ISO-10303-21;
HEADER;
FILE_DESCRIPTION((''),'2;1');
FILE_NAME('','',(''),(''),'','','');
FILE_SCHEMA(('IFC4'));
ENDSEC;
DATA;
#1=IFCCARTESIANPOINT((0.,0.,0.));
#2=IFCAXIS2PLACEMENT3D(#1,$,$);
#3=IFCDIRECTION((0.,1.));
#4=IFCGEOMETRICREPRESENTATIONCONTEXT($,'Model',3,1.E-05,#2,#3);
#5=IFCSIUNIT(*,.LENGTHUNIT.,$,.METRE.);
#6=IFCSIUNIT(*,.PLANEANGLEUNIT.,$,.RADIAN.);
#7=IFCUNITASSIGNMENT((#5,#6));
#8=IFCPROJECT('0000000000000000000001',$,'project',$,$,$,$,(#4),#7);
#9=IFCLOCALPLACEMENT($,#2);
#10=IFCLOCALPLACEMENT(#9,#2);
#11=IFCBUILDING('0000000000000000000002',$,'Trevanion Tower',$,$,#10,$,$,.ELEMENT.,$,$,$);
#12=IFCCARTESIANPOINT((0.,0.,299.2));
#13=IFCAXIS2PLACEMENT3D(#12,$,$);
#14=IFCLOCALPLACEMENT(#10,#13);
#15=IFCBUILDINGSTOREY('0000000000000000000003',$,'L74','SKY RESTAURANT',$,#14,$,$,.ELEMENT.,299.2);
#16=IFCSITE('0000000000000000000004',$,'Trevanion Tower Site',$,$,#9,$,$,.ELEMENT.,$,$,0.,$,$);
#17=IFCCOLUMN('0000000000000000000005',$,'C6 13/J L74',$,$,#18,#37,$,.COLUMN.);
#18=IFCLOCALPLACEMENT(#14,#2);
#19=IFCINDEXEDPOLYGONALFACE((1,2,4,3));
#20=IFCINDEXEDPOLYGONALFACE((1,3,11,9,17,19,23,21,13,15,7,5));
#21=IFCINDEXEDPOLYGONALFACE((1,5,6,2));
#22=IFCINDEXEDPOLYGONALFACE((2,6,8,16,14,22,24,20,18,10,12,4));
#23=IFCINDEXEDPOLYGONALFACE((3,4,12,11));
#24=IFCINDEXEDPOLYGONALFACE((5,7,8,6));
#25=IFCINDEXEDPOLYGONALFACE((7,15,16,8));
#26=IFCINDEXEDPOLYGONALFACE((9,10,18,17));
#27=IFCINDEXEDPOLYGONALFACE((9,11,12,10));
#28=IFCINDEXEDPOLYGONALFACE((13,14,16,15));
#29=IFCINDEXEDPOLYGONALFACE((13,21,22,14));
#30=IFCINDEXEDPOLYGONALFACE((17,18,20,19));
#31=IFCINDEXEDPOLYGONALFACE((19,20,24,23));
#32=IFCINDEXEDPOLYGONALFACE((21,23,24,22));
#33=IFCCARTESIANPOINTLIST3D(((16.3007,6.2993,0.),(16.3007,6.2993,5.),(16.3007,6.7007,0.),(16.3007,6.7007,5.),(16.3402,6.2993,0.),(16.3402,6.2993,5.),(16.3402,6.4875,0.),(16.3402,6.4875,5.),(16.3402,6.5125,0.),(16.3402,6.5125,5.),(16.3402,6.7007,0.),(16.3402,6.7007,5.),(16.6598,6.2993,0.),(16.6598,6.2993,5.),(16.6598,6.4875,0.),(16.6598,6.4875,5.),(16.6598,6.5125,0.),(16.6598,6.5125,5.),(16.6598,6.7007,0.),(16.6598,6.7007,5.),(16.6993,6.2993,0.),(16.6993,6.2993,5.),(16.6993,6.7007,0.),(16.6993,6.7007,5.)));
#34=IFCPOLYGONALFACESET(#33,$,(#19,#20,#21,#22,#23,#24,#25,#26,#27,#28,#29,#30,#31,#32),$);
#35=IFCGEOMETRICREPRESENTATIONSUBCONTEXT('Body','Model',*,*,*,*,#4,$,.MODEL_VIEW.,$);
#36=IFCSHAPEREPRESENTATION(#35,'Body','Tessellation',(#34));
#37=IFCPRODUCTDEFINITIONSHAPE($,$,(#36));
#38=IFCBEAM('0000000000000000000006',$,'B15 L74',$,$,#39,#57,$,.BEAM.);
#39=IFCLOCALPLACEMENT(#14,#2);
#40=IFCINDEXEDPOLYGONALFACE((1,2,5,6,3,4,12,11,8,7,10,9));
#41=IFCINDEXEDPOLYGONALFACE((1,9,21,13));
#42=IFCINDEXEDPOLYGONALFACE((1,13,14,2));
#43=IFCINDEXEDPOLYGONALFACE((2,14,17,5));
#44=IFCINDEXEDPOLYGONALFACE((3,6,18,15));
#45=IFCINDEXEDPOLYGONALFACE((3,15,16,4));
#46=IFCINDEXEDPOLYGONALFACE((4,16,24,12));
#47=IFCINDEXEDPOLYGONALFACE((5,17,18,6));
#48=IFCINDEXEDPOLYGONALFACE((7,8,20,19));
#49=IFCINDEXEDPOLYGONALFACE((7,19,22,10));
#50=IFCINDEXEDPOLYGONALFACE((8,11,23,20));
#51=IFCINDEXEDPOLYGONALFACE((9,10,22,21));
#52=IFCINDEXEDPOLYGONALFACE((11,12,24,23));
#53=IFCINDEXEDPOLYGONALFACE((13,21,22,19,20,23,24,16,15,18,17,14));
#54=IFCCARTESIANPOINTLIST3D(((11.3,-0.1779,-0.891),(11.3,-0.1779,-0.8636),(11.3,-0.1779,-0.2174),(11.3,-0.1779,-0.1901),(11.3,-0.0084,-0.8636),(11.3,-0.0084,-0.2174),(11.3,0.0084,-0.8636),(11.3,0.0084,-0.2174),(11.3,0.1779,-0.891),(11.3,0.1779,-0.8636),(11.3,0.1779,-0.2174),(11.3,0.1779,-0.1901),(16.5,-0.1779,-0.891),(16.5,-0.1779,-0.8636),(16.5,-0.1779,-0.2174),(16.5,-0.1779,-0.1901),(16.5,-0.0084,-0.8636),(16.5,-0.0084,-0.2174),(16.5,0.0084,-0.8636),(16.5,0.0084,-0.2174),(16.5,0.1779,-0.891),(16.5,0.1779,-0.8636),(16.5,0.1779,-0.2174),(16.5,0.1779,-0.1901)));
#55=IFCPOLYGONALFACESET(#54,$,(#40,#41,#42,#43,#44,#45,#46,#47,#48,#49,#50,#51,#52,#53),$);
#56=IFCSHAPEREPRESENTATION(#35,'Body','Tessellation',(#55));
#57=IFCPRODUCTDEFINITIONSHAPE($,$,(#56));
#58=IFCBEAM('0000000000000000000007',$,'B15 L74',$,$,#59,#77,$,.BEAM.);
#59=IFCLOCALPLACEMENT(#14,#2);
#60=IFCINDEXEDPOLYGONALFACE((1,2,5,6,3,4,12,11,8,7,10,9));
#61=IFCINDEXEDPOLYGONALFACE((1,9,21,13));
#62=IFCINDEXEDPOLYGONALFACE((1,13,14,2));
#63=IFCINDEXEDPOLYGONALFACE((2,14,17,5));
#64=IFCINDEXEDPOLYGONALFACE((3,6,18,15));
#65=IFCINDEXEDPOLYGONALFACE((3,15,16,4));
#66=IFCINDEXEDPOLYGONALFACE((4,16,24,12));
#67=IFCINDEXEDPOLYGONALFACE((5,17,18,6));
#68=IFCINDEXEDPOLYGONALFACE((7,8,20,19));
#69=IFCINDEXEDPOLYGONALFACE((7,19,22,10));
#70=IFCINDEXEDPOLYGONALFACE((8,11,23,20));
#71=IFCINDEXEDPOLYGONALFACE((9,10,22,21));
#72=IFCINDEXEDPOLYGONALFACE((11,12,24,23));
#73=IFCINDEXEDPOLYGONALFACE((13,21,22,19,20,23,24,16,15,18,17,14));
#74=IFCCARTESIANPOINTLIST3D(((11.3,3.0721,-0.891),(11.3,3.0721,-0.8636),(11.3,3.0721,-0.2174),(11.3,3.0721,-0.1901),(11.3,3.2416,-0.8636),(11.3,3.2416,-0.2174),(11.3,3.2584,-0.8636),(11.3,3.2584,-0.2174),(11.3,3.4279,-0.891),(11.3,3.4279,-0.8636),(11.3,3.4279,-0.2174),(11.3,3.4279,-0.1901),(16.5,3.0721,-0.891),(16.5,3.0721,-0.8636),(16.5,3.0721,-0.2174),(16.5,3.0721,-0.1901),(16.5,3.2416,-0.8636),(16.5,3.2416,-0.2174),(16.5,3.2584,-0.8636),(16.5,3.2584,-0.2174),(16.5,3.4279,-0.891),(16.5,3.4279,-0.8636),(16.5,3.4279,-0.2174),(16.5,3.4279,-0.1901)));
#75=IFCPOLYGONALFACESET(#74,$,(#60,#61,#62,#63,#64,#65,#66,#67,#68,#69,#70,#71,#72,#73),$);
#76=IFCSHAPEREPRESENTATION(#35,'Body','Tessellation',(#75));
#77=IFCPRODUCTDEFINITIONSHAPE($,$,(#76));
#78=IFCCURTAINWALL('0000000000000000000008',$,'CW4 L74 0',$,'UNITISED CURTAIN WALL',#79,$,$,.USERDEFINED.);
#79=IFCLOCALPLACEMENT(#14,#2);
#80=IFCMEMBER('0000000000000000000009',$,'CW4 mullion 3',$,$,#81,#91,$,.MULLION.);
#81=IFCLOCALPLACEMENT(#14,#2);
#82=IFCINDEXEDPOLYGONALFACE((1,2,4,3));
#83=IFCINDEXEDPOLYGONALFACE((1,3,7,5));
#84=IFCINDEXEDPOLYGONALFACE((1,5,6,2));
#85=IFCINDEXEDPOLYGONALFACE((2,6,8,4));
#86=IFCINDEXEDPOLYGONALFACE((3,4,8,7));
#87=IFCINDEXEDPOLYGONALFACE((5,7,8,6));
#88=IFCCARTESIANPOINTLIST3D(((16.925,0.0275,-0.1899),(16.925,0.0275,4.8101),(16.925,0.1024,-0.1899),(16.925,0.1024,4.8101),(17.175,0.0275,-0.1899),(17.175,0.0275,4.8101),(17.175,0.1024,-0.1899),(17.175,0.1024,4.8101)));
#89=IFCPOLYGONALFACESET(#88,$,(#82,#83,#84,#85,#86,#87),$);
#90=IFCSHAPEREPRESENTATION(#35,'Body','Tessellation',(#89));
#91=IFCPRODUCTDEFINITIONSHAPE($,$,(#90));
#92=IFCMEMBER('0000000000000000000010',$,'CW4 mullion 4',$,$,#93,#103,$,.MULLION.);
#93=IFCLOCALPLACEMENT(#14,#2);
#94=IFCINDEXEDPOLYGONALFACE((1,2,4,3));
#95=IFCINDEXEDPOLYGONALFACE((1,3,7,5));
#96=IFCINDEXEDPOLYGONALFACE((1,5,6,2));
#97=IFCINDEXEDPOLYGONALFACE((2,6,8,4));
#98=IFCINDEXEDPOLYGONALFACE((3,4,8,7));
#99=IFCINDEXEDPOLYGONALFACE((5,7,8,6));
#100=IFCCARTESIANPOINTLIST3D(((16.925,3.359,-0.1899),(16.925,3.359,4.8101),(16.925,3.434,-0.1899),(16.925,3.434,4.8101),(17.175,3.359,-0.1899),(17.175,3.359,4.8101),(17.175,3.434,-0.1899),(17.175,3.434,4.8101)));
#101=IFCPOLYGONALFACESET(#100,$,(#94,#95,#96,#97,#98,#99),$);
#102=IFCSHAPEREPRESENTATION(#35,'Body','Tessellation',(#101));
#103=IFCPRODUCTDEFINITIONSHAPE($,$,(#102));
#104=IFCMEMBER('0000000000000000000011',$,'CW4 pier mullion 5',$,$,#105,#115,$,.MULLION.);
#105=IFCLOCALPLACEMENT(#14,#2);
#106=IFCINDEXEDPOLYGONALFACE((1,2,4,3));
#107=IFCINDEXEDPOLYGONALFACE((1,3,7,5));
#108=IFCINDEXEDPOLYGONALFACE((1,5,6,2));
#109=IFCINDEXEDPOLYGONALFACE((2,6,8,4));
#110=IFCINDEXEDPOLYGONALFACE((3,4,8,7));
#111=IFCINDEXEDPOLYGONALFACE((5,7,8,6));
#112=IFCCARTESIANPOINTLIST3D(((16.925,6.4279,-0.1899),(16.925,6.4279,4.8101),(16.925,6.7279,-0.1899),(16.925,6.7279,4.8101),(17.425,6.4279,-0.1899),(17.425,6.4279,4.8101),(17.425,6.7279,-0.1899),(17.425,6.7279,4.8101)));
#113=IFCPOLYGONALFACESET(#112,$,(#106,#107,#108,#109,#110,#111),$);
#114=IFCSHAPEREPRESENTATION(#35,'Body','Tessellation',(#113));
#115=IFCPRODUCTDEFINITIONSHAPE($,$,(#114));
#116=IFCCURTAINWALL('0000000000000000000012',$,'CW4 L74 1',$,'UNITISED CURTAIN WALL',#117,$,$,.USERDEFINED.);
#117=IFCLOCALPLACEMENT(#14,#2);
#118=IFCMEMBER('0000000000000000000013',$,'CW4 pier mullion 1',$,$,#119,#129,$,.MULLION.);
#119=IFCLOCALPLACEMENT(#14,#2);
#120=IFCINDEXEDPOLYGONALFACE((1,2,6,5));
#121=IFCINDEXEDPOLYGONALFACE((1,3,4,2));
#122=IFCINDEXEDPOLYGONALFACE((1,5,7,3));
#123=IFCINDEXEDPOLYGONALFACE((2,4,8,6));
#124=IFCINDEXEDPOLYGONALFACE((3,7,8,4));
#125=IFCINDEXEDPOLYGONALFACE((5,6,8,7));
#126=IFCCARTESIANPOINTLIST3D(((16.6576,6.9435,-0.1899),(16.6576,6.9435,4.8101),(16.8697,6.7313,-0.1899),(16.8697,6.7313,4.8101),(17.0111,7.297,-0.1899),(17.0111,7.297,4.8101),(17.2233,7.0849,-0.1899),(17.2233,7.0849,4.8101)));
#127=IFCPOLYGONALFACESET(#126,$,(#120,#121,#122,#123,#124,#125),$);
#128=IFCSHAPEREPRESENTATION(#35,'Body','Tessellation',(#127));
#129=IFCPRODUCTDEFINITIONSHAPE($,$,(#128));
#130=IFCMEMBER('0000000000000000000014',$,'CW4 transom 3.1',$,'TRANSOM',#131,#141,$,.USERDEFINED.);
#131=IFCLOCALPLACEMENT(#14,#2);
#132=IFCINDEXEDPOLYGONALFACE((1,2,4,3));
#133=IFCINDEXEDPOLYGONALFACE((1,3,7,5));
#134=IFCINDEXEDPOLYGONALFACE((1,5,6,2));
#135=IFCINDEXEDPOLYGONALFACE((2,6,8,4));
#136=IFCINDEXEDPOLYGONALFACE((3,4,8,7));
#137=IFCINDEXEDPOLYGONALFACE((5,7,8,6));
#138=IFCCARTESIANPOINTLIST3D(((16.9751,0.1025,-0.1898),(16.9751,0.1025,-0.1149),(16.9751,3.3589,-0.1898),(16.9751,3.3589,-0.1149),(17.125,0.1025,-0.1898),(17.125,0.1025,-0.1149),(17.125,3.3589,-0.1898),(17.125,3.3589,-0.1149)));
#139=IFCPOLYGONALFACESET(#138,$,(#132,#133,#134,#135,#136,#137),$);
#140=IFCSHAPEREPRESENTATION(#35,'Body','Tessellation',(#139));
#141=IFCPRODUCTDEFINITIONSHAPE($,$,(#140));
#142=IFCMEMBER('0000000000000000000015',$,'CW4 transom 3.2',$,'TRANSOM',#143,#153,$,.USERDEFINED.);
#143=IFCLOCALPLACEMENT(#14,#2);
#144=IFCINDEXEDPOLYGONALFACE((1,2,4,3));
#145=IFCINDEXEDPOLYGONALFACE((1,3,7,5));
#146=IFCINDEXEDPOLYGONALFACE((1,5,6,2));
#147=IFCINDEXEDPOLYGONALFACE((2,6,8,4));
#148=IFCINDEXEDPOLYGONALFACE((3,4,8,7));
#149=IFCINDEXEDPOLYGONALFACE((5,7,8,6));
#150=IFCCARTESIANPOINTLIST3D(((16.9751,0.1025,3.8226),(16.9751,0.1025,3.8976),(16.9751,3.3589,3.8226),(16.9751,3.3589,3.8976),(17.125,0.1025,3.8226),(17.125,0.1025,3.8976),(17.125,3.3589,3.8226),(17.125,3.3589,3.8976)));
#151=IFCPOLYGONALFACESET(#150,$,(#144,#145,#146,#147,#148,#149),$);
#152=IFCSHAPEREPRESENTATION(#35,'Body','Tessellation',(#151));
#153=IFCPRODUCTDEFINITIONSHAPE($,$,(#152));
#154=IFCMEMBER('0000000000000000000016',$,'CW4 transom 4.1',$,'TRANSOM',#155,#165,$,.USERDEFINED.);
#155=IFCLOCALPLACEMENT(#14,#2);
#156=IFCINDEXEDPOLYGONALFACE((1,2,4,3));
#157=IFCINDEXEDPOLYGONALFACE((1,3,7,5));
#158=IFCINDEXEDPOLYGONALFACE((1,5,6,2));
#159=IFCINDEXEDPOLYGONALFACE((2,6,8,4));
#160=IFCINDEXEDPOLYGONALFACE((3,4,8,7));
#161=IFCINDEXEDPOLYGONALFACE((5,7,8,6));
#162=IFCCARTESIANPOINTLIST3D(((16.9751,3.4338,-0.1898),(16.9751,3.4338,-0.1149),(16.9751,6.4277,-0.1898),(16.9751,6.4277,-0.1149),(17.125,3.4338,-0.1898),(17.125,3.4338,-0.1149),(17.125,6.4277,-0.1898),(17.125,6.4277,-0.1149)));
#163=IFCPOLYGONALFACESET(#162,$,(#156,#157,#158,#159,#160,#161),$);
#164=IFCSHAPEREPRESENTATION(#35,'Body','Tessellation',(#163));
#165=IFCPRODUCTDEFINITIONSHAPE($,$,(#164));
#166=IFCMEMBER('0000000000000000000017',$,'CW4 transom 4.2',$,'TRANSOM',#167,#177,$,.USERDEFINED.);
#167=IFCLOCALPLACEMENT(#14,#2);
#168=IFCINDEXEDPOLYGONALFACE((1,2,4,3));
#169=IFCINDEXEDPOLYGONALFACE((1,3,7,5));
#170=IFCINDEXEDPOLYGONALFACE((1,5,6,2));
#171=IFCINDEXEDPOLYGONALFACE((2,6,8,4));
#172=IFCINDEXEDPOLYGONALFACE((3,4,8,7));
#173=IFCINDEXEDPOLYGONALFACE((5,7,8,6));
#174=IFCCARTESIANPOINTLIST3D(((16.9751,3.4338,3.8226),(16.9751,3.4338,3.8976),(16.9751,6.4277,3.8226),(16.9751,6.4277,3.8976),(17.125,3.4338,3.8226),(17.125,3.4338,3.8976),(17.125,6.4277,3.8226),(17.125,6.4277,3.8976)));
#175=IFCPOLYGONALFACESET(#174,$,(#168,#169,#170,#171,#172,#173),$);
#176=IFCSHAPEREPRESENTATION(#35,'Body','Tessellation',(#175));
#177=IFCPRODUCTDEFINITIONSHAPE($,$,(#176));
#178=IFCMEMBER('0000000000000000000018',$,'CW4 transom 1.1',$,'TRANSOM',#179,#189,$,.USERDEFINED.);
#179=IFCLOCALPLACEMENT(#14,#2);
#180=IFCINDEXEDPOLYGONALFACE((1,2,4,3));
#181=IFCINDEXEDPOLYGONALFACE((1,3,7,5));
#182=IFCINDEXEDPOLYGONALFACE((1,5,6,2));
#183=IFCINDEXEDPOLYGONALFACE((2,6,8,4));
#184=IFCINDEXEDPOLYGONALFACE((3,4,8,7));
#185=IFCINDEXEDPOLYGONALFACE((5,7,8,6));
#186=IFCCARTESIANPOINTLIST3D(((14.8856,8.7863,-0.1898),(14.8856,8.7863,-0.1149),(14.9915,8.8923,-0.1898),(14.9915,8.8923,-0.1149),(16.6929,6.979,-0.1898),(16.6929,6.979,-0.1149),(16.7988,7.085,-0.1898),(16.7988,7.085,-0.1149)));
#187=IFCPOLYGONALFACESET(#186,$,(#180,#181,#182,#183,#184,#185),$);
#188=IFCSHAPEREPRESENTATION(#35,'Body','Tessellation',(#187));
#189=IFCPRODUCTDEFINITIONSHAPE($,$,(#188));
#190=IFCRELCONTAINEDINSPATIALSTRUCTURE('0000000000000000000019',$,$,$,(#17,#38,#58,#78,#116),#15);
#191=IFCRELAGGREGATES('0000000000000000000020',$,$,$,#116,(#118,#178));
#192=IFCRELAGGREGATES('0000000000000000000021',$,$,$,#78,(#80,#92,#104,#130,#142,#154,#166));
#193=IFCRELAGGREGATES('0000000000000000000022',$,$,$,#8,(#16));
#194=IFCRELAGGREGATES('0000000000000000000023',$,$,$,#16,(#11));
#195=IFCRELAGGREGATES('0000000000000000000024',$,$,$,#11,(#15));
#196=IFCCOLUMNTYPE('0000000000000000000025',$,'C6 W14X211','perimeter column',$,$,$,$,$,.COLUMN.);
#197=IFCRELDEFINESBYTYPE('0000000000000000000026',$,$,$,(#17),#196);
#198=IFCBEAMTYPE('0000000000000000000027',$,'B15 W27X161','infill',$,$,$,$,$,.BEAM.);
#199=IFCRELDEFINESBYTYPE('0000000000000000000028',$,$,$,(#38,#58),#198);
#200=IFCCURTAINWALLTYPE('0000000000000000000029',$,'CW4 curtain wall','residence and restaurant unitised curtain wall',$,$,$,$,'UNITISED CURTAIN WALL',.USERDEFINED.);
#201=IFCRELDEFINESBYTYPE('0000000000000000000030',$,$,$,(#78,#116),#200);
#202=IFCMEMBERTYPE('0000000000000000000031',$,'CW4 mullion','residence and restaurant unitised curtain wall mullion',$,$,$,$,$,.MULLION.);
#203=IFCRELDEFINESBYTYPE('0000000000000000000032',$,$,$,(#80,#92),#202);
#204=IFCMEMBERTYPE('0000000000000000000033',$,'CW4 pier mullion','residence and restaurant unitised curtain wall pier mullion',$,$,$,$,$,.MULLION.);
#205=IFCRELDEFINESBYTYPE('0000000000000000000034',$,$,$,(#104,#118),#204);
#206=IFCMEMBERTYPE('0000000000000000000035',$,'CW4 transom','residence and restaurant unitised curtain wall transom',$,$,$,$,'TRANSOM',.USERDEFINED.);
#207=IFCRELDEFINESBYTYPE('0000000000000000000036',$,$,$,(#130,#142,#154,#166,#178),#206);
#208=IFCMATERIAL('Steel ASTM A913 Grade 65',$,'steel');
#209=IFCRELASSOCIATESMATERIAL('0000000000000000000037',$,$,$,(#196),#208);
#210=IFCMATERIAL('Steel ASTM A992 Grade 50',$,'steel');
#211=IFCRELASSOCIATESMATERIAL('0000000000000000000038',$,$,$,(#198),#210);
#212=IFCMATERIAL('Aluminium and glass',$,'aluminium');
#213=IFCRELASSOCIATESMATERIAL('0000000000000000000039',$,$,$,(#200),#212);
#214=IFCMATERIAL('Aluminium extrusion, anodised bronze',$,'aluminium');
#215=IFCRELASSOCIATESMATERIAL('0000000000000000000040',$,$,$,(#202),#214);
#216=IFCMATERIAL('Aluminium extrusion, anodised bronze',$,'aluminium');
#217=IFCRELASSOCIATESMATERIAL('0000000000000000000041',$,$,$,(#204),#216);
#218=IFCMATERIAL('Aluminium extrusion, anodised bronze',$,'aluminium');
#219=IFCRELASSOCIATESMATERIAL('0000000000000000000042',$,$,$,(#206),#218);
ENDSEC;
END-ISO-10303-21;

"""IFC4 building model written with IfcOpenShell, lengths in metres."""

from ifc_helpers import new_model, si_unit, direction, frame, origin, origin_2d, place, context, subcontext, project, spatial, rectangle, i_section, extrude, material, material_profile, profile_set, type_object, element, aggregate, save


model = new_model("IFC4")

# Units and contexts
model_context = context("Model", 3, precision=1e-05, world=origin(), true_north=direction((0.0, 1.0)))
body_context = subcontext(model_context, "Body", "Model", "MODEL_VIEW")
ifc_project = project(units=[si_unit("LENGTHUNIT", "METRE"), si_unit("PLANEANGLEUNIT", "RADIAN")], contexts=[model_context])

# Site, building, storey
site_placement = place(None, origin())
site = spatial("IfcSite", under=ifc_project, at=site_placement, Name="Trevanion Tower Site", CompositionType="ELEMENT", RefElevation=0.0)
building_placement = place(site_placement, origin())
building = spatial("IfcBuilding", under=site, at=building_placement, Name="Trevanion Tower", CompositionType="ELEMENT")
storey_placement = place(building_placement, frame((0.0, 0.0, 299.2)))
storey = spatial("IfcBuildingStorey", under=building, at=storey_placement, Name="L74", Description="SKY RESTAURANT", CompositionType="ELEMENT", Elevation=299.2)

# Column
ifc_material_1 = material(Name="Steel ASTM A913 Grade 65", Category="steel")
ifc_material_profile_1 = material_profile(ifc_material_1, i_section(OverallWidth=0.4014, OverallDepth=0.3987, WebThickness=0.0249, FlangeThickness=0.0396, at=origin_2d()), Name="W14X211")
ifc_profile_set_1 = profile_set([ifc_material_profile_1], Name="Steel ASTM A913 Grade 65")
column_type = type_object("IfcColumnType", Name="C6 W14X211", Description="perimeter column", PredefinedType="COLUMN", material=ifc_profile_set_1)
column_placement = place(storey_placement, frame((16.5, 6.5, 0.0), z_axis=(0.0, 0.0, 1.0), x_axis=(0.0, 1.0, 0.0)))
element("IfcColumn", 1, at=column_placement, inside=storey, type_object=column_type, Name="C6 13/J L74", PredefinedType="COLUMN", context=body_context, shape_type="SweptSolid", body=[
    extrude(i_section(OverallWidth=0.4014, OverallDepth=0.3987, WebThickness=0.0249, FlangeThickness=0.0396, at=origin_2d()), origin(), (0.0, 0.0, 1.0), 5.0),
])

# Beams
ifc_material_2 = material(Name="Steel ASTM A992 Grade 50", Category="steel")
ifc_material_profile_2 = material_profile(ifc_material_2, i_section(OverallWidth=0.3557, OverallDepth=0.7009, WebThickness=0.0168, FlangeThickness=0.0273, at=origin_2d()), Name="W27X161")
ifc_profile_set_2 = profile_set([ifc_material_profile_2], Name="Steel ASTM A992 Grade 50")
beam_type_1 = type_object("IfcBeamType", Name="B15 W27X161", Description="infill", PredefinedType="BEAM", material=ifc_profile_set_2)
for number, where, z_axis, x_axis, name in (
    (2, (11.3, 0.0, -0.5405), (1.0, 0.0, 0.0), (0.0, 1.0, 0.0), "B15 L74"),
    (3, (11.3, 3.25, -0.5405), (1.0, 0.0, 0.0), (0.0, 1.0, 0.0), "B15 L74"),
):
    element("IfcBeam", number, at=place(storey_placement, frame(where, z_axis=z_axis, x_axis=x_axis)), inside=storey, type_object=beam_type_1, Name=name, PredefinedType="BEAM", context=body_context, shape_type="SweptSolid", body=[
        extrude(i_section(OverallWidth=0.3557, OverallDepth=0.7009, WebThickness=0.0168, FlangeThickness=0.0273, at=origin_2d()), origin(), (0.0, 0.0, 1.0), 5.2),
    ])

# Curtain wall, members
ifc_material_3 = material(Name="Aluminium and glass", Category="aluminium")
curtain_wall_type = type_object("IfcCurtainWallType", Name="CW4 curtain wall", Description="residence and restaurant unitised curtain wall", ElementType="UNITISED CURTAIN WALL", PredefinedType="USERDEFINED", material=ifc_material_3)
curtain_wall_1_placement = place(storey_placement, origin())
curtain_wall_1 = element("IfcCurtainWall", 4, at=curtain_wall_1_placement, inside=storey, type_object=curtain_wall_type, Name="CW4 L74 0", ObjectType="UNITISED CURTAIN WALL", PredefinedType="USERDEFINED")
ifc_material_4 = material(Name="Aluminium extrusion, anodised bronze", Category="aluminium")
ifc_material_profile_3 = material_profile(ifc_material_4, rectangle(XDim=0.075, YDim=0.25, at=origin_2d()), Name="CW4 mullion")
ifc_profile_set_3 = profile_set([ifc_material_profile_3], Name="Aluminium extrusion, anodised bronze")
member_type_1 = type_object("IfcMemberType", Name="CW4 mullion", Description="residence and restaurant unitised curtain wall mullion", PredefinedType="MULLION", material=ifc_profile_set_3)
member_1_placement = place(storey_placement, frame((17.05, 0.0649, -0.1899), z_axis=(0.0, 0.0, 1.0), x_axis=(0.0, 1.0, 0.0)))
member_1 = element("IfcMember", 5, at=member_1_placement, type_object=member_type_1, Name="CW4 mullion 3", PredefinedType="MULLION", context=body_context, shape_type="SweptSolid", body=[
    extrude(rectangle(XDim=0.075, YDim=0.25, at=origin_2d()), origin(), (0.0, 0.0, 1.0), 5.0),
])
member_2_placement = place(storey_placement, frame((17.05, 3.3965, -0.1899), z_axis=(0.0, 0.0, 1.0), x_axis=(0.0, 1.0, 0.0)))
member_2 = element("IfcMember", 6, at=member_2_placement, type_object=member_type_1, Name="CW4 mullion 4", PredefinedType="MULLION", context=body_context, shape_type="SweptSolid", body=[
    extrude(rectangle(XDim=0.075, YDim=0.25, at=origin_2d()), origin(), (0.0, 0.0, 1.0), 5.0),
])
ifc_material_5 = material(Name="Aluminium extrusion, anodised bronze", Category="aluminium")
ifc_material_profile_4 = material_profile(ifc_material_5, rectangle(XDim=0.3, YDim=0.5, at=origin_2d()), Name="CW4 pier mullion")
ifc_profile_set_4 = profile_set([ifc_material_profile_4], Name="Aluminium extrusion, anodised bronze")
member_type_2 = type_object("IfcMemberType", Name="CW4 pier mullion", Description="residence and restaurant unitised curtain wall pier mullion", PredefinedType="MULLION", material=ifc_profile_set_4)
member_3_placement = place(storey_placement, frame((17.175, 6.5779, -0.1899), z_axis=(0.0, 0.0, 1.0), x_axis=(0.0, 1.0, 0.0)))
member_3 = element("IfcMember", 7, at=member_3_placement, type_object=member_type_2, Name="CW4 pier mullion 5", PredefinedType="MULLION", context=body_context, shape_type="SweptSolid", body=[
    extrude(rectangle(XDim=0.3, YDim=0.5, at=origin_2d()), origin(), (0.0, 0.0, 1.0), 5.0),
])

# Curtain wall, member
curtain_wall_2_placement = place(storey_placement, origin())
curtain_wall_2 = element("IfcCurtainWall", 8, at=curtain_wall_2_placement, inside=storey, type_object=curtain_wall_type, Name="CW4 L74 1", ObjectType="UNITISED CURTAIN WALL", PredefinedType="USERDEFINED")
member_4_placement = place(storey_placement, frame((16.9404, 7.0142, -0.1899), z_axis=(0.0, 0.0, 1.0), x_axis=(-0.707107, 0.707107, 0.0)))
member_4 = element("IfcMember", 9, at=member_4_placement, type_object=member_type_2, Name="CW4 pier mullion 1", PredefinedType="MULLION", context=body_context, shape_type="SweptSolid", body=[
    extrude(rectangle(XDim=0.3, YDim=0.5, at=origin_2d()), origin(), (0.0, 0.0, 1.0), 5.0),
])

# Members
ifc_material_6 = material(Name="Aluminium extrusion, anodised bronze", Category="aluminium")
ifc_material_profile_5 = material_profile(ifc_material_6, rectangle(XDim=0.1499, YDim=0.075, at=origin_2d()), Name="CW4 transom")
ifc_profile_set_5 = profile_set([ifc_material_profile_5], Name="Aluminium extrusion, anodised bronze")
member_type_3 = type_object("IfcMemberType", Name="CW4 transom", Description="residence and restaurant unitised curtain wall transom", ElementType="TRANSOM", PredefinedType="USERDEFINED", material=ifc_profile_set_5)
member_5_placement = place(storey_placement, frame((17.05, 0.1025, -0.1523), z_axis=(0.0, 1.0, 0.0), x_axis=(-1.0, 0.0, 0.0)))
member_5 = element("IfcMember", 10, at=member_5_placement, type_object=member_type_3, Name="CW4 transom 3.1", ObjectType="TRANSOM", PredefinedType="USERDEFINED", context=body_context, shape_type="SweptSolid", body=[
    extrude(rectangle(XDim=0.1499, YDim=0.075, at=origin_2d()), origin(), (0.0, 0.0, 1.0), 3.2563),
])
member_6_placement = place(storey_placement, frame((17.05, 0.1025, 3.8601), z_axis=(0.0, 1.0, 0.0), x_axis=(-1.0, 0.0, 0.0)))
member_6 = element("IfcMember", 11, at=member_6_placement, type_object=member_type_3, Name="CW4 transom 3.2", ObjectType="TRANSOM", PredefinedType="USERDEFINED", context=body_context, shape_type="SweptSolid", body=[
    extrude(rectangle(XDim=0.1499, YDim=0.075, at=origin_2d()), origin(), (0.0, 0.0, 1.0), 3.2563),
])
member_7_placement = place(storey_placement, frame((17.05, 3.4338, -0.1523), z_axis=(0.0, 1.0, 0.0), x_axis=(-1.0, 0.0, 0.0)))
member_7 = element("IfcMember", 12, at=member_7_placement, type_object=member_type_3, Name="CW4 transom 4.1", ObjectType="TRANSOM", PredefinedType="USERDEFINED", context=body_context, shape_type="SweptSolid", body=[
    extrude(rectangle(XDim=0.1499, YDim=0.075, at=origin_2d()), origin(), (0.0, 0.0, 1.0), 2.9939),
])
member_8_placement = place(storey_placement, frame((17.05, 3.4338, 3.8601), z_axis=(0.0, 1.0, 0.0), x_axis=(-1.0, 0.0, 0.0)))
member_8 = element("IfcMember", 13, at=member_8_placement, type_object=member_type_3, Name="CW4 transom 4.2", ObjectType="TRANSOM", PredefinedType="USERDEFINED", context=body_context, shape_type="SweptSolid", body=[
    extrude(rectangle(XDim=0.1499, YDim=0.075, at=origin_2d()), origin(), (0.0, 0.0, 1.0), 2.9939),
])
member_9_placement = place(storey_placement, frame((16.7458, 7.032, -0.1523), z_axis=(-0.707107, 0.707107, 0.0), x_axis=(-0.707107, -0.707107, 0.0)))
member_9 = element("IfcMember", 14, at=member_9_placement, type_object=member_type_3, Name="CW4 transom 1.1", ObjectType="TRANSOM", PredefinedType="USERDEFINED", context=body_context, shape_type="SweptSolid", body=[
    extrude(rectangle(XDim=0.1499, YDim=0.075, at=origin_2d()), origin(), (0.0, 0.0, 1.0), 2.5559),
])
aggregate(curtain_wall_2, [member_4, member_9])

aggregate(curtain_wall_1, [member_1, member_2, member_3, member_5, member_6, member_7, member_8])

save(model, "model.ifc")
